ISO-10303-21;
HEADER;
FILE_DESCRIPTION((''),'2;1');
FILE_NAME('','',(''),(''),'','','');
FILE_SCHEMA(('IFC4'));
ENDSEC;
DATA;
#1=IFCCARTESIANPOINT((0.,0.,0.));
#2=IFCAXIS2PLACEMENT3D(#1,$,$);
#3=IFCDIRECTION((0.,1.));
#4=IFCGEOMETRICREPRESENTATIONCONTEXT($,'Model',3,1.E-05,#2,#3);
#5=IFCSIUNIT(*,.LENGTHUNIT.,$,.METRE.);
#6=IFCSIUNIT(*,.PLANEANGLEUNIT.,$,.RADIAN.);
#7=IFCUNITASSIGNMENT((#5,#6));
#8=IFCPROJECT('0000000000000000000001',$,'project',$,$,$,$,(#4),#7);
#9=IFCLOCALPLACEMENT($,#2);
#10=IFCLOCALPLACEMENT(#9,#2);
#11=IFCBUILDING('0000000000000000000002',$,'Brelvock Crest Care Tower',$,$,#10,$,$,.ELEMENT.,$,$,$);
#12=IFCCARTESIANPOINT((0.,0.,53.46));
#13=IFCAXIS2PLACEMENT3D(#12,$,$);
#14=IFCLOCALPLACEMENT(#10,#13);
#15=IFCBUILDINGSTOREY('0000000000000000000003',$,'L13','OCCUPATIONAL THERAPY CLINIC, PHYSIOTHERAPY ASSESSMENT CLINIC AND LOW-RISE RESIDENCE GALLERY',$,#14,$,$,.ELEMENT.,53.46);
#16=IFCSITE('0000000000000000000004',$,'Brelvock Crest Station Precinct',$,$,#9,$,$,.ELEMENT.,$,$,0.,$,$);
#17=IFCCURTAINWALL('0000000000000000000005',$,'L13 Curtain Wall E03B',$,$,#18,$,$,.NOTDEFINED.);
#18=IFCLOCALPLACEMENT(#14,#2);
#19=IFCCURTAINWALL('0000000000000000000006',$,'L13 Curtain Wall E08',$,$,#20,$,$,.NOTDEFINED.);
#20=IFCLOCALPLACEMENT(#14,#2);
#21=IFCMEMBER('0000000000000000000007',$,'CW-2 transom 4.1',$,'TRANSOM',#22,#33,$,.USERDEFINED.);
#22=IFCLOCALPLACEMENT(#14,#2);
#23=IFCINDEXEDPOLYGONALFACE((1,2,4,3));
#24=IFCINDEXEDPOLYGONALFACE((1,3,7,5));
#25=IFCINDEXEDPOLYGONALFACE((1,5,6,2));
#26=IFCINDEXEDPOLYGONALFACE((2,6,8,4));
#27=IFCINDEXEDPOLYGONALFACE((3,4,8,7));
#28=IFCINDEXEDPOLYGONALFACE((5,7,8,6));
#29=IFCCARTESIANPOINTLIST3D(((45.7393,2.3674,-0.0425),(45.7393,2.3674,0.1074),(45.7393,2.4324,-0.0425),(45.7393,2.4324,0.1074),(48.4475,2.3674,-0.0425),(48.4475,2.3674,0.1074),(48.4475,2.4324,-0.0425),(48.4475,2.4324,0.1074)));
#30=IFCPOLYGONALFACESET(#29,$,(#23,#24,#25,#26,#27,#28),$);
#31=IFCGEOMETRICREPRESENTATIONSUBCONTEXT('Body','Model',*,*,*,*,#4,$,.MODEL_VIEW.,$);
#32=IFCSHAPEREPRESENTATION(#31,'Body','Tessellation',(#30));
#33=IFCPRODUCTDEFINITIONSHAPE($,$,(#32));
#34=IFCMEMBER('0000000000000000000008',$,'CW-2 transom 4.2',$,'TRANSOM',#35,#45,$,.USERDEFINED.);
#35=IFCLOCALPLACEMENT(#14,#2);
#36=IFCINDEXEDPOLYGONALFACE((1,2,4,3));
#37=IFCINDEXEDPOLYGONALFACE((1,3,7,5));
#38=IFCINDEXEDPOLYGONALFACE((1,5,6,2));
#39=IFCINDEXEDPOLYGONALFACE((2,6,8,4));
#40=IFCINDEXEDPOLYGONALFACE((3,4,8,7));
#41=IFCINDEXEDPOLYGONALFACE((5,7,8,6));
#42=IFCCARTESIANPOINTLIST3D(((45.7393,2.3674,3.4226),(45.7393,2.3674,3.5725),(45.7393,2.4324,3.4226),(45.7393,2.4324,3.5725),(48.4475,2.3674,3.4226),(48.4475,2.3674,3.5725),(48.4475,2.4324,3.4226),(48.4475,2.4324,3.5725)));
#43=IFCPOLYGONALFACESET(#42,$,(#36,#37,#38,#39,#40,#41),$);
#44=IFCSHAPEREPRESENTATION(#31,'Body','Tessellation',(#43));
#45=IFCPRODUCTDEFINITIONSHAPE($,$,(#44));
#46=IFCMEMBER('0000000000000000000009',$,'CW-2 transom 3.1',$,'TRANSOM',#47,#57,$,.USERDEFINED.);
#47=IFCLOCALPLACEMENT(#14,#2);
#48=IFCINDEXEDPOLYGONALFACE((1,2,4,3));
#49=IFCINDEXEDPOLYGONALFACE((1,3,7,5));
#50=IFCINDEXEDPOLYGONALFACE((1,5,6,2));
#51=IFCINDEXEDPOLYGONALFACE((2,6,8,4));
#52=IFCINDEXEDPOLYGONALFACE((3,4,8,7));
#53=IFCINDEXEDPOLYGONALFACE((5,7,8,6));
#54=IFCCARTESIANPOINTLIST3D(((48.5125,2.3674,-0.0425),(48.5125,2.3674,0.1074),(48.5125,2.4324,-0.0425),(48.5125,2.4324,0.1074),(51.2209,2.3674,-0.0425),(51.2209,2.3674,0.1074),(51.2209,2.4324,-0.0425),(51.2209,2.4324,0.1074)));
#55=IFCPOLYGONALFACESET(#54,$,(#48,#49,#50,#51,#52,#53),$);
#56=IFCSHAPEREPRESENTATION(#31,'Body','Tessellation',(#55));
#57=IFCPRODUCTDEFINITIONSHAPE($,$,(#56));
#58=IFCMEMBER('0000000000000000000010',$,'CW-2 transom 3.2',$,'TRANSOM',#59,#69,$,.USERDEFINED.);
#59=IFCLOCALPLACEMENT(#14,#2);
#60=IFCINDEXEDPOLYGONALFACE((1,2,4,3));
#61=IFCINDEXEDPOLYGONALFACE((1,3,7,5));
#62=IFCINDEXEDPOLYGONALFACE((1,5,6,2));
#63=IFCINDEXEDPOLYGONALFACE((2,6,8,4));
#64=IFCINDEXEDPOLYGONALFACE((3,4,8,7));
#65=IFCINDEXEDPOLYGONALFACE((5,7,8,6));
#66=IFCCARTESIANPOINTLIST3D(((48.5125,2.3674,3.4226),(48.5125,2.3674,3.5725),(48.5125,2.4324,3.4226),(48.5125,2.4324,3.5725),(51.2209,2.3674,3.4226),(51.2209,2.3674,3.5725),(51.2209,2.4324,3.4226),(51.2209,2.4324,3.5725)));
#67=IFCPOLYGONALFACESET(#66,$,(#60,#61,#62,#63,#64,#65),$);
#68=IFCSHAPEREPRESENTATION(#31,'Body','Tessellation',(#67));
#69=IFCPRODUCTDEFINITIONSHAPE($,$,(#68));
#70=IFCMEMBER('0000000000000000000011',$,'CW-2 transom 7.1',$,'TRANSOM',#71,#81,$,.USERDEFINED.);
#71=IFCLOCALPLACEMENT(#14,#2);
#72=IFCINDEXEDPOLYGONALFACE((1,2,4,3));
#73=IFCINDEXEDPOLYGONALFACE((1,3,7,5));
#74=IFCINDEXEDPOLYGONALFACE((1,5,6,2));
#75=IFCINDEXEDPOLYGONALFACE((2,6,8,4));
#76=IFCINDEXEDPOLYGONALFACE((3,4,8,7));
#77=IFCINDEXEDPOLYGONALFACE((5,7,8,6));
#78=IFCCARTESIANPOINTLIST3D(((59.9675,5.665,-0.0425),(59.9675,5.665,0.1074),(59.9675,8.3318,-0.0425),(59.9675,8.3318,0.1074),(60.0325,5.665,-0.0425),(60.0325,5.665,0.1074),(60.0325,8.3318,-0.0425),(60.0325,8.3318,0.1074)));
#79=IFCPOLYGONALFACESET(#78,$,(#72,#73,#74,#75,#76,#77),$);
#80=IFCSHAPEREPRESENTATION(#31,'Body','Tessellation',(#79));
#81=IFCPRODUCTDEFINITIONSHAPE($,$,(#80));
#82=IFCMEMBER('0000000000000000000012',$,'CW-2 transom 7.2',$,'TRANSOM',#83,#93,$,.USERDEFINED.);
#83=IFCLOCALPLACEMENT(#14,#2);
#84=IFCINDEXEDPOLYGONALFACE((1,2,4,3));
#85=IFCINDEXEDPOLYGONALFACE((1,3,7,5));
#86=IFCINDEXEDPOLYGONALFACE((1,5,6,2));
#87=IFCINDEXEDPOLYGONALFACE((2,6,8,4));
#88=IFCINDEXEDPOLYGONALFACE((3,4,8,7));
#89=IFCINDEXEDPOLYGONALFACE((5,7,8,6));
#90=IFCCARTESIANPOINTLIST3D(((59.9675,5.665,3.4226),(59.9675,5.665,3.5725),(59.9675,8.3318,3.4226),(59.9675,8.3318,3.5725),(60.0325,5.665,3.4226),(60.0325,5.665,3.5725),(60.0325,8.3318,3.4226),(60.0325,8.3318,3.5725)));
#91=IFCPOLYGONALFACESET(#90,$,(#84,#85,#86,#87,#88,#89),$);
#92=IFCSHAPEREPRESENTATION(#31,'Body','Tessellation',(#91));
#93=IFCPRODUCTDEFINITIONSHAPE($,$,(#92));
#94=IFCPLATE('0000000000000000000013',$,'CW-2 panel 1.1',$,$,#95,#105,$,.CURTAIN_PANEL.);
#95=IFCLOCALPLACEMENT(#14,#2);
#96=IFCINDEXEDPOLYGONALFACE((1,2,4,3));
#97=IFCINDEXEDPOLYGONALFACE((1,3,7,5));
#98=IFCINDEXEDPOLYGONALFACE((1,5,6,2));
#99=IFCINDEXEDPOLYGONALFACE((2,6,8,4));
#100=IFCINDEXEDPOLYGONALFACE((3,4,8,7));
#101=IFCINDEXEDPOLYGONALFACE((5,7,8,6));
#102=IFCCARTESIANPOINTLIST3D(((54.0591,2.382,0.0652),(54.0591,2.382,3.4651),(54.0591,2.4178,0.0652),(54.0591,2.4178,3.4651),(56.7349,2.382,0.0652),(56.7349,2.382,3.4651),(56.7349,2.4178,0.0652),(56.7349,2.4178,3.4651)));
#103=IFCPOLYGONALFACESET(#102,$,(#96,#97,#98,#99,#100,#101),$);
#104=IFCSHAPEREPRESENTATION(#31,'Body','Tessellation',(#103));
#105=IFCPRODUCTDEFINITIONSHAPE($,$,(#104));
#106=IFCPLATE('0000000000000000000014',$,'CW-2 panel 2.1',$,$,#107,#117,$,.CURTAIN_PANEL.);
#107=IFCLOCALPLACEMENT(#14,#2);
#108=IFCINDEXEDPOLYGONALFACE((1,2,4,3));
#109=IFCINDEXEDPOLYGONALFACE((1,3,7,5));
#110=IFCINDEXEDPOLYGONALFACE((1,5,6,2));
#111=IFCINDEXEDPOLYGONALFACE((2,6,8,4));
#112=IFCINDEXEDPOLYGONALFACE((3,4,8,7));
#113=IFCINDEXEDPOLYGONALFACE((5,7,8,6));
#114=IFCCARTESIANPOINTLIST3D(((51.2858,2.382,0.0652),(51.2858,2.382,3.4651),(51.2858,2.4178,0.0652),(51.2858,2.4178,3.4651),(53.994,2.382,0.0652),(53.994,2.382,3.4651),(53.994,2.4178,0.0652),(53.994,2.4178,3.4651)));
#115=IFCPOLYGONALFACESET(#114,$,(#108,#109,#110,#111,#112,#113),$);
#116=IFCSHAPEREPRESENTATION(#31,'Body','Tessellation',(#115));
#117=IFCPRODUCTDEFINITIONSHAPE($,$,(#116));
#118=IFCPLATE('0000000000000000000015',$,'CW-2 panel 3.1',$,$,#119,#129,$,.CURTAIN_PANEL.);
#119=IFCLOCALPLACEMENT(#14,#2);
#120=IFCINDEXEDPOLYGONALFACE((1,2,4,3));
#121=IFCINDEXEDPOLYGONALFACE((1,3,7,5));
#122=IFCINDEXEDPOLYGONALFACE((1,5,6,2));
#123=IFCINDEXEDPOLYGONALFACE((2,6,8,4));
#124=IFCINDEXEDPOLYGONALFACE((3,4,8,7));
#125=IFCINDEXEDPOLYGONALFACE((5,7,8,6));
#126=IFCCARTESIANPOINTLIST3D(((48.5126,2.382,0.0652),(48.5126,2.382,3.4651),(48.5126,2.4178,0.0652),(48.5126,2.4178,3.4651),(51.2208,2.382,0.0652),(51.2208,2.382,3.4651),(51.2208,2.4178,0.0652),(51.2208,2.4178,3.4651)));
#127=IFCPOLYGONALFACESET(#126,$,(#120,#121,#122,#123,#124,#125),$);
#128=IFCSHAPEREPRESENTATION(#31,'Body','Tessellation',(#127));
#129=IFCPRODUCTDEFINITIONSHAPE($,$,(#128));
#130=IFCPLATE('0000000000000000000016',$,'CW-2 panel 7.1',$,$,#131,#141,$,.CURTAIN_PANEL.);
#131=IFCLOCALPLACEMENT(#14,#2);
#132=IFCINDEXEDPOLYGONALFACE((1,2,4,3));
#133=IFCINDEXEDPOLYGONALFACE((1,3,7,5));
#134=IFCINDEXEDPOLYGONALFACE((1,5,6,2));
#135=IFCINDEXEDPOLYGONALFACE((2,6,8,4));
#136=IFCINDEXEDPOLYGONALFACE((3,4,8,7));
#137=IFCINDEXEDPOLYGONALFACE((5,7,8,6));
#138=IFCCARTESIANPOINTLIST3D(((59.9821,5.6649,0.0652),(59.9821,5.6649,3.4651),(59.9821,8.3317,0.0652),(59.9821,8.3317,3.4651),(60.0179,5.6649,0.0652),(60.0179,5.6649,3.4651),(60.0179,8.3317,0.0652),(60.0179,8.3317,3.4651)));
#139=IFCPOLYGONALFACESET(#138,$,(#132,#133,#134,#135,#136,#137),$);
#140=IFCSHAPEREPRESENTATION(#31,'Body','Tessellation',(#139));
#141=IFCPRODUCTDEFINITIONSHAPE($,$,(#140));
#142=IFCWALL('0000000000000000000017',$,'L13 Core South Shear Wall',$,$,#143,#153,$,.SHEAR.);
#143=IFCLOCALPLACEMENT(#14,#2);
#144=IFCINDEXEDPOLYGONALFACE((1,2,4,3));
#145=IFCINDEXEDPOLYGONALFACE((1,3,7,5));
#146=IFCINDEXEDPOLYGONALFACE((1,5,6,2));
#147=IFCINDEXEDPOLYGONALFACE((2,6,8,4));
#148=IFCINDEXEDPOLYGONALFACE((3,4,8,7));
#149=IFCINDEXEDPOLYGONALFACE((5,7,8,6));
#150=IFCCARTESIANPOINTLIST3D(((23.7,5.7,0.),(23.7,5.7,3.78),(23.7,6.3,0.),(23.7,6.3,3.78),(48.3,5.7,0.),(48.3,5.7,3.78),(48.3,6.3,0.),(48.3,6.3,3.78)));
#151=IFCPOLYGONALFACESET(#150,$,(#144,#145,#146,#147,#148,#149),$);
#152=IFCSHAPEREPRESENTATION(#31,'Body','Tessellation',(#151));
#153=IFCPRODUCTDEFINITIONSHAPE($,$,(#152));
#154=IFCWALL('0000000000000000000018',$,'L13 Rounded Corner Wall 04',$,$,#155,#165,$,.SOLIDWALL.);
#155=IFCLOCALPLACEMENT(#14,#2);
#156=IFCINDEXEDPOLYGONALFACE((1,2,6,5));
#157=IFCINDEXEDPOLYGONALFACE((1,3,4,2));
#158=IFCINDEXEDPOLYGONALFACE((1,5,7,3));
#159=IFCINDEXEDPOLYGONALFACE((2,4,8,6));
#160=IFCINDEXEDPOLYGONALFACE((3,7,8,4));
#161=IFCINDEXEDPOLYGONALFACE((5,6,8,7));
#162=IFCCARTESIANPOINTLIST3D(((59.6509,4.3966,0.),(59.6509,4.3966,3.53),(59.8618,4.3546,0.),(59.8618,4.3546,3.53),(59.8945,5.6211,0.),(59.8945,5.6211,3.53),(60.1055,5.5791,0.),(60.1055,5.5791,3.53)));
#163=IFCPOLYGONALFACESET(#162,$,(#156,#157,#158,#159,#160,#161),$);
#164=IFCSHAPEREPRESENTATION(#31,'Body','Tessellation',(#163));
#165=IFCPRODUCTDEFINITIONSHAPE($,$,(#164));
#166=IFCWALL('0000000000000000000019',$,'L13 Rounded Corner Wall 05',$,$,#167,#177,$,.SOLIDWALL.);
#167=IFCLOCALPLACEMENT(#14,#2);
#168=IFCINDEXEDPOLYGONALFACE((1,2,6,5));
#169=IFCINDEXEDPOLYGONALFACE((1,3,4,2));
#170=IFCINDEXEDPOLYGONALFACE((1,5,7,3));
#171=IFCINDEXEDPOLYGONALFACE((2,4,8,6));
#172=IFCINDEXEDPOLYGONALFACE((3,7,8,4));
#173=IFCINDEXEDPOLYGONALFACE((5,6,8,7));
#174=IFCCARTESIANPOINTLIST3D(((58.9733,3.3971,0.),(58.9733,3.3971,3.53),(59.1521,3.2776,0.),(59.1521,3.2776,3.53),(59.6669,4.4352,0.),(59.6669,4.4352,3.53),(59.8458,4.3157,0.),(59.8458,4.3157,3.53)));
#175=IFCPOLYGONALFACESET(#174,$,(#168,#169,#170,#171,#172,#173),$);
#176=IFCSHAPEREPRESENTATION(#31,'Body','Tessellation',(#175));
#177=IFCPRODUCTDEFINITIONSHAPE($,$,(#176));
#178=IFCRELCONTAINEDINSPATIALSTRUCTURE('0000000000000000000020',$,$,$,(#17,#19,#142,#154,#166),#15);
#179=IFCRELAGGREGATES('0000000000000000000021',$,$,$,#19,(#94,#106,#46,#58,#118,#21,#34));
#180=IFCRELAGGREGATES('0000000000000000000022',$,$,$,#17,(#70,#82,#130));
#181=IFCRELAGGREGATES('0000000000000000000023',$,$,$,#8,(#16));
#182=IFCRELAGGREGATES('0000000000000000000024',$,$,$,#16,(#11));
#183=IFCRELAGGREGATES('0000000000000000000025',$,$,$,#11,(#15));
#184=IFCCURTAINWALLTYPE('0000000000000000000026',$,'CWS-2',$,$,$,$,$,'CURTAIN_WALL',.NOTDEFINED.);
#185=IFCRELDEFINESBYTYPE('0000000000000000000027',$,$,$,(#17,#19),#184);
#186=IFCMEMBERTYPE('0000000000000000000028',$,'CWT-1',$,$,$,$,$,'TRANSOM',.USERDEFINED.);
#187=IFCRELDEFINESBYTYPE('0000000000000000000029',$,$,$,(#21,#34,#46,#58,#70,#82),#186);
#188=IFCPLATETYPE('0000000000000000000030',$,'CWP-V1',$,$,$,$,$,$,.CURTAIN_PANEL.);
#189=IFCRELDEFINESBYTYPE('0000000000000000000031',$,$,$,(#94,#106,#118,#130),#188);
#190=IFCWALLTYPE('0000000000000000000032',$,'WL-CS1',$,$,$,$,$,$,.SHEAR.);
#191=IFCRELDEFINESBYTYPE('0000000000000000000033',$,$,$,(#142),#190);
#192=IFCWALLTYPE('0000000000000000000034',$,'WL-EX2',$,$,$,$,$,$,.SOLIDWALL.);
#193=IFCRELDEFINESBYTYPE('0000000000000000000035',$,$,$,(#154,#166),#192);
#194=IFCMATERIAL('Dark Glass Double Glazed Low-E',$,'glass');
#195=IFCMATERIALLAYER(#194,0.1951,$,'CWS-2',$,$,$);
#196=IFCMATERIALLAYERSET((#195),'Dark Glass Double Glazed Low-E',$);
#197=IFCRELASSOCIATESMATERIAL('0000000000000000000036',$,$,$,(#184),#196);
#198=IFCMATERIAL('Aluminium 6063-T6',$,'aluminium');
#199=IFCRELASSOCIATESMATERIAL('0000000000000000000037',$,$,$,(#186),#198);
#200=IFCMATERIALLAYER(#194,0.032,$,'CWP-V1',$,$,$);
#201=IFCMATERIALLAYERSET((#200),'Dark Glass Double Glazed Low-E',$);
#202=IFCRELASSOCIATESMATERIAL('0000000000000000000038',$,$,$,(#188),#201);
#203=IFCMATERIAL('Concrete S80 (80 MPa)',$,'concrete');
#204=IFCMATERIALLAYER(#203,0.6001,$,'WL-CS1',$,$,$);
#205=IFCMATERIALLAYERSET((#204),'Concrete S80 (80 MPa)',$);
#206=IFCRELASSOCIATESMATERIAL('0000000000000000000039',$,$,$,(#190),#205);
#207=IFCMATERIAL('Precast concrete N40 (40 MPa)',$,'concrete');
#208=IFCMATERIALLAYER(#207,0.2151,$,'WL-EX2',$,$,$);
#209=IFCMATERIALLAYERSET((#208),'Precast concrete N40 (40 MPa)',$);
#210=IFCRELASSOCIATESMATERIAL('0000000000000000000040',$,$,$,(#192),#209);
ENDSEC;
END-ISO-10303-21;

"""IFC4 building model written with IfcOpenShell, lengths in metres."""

from ifc_helpers import new_model, si_unit, direction, frame, frame_2d, origin, origin_2d, place, context, subcontext, project, spatial, rectangle, extrude, source, transform, mapped, material, layer, layer_set, material_profile, profile_set, type_object, element, aggregate, save


model = new_model("IFC4")

# Units and contexts
model_context = context("Model", 3, precision=1e-05, world=origin(), true_north=direction((0.0, 1.0)))
body_context = subcontext(model_context, "Body", "Model", "MODEL_VIEW")
ifc_project = project(units=[si_unit("LENGTHUNIT", "METRE"), si_unit("PLANEANGLEUNIT", "RADIAN")], contexts=[model_context])

# Site, building, storey
site_placement = place(None, origin())
site = spatial("IfcSite", under=ifc_project, at=site_placement, Name="Brelvock Crest Station Precinct", CompositionType="ELEMENT", RefElevation=0.0)
building_placement = place(site_placement, origin())
building = spatial("IfcBuilding", under=site, at=building_placement, Name="Brelvock Crest Care Tower", CompositionType="ELEMENT")
storey_placement = place(building_placement, frame((0.0, 0.0, 53.46)))
storey = spatial("IfcBuildingStorey", under=building, at=storey_placement, Name="L13", Description="OCCUPATIONAL THERAPY CLINIC, PHYSIOTHERAPY ASSESSMENT CLINIC AND LOW-RISE RESIDENCE GALLERY", CompositionType="ELEMENT", Elevation=53.46)

# Shared definitions
ifc_material_1 = material(Name="Concrete S80 (80 MPa)", Category="concrete")

# Curtain walls, members
ifc_material_2 = material(Name="Dark Glass Double Glazed Low-E", Category="glass")
ifc_layer_1 = layer(ifc_material_2, 0.1951, Name="CWS-2")
ifc_layer_set_1 = layer_set([ifc_layer_1], Name="Dark Glass Double Glazed Low-E")
curtain_wall_type = type_object("IfcCurtainWallType", Name="CWS-2", ElementType="CURTAIN_WALL", PredefinedType="NOTDEFINED", material=ifc_layer_set_1)
curtain_wall_1_placement = place(storey_placement, origin())
curtain_wall_1 = element("IfcCurtainWall", 1, at=curtain_wall_1_placement, inside=storey, type_object=curtain_wall_type, Name="L13 Curtain Wall E03B", PredefinedType="NOTDEFINED")
ifc_material_3 = material(Name="Aluminium 6063-T6", Category="aluminium")
curtain_wall_2_placement = place(storey_placement, origin())
curtain_wall_2 = element("IfcCurtainWall", 2, at=curtain_wall_2_placement, inside=storey, type_object=curtain_wall_type, Name="L13 Curtain Wall E08", PredefinedType="NOTDEFINED")
ifc_material_profile_1 = material_profile(ifc_material_3, rectangle(XDim=0.0649, YDim=0.1499, at=origin_2d()), Name="ALU65x150")
ifc_profile_set_1 = profile_set([ifc_material_profile_1], Name="Aluminium 6063-T6")
member_type_1 = type_object("IfcMemberType", Name="CWT-1", ElementType="TRANSOM", PredefinedType="USERDEFINED", material=ifc_profile_set_1)
shared_shape_1 = source(origin(), body_context, "Body", "SweptSolid", [
    extrude(rectangle(XDim=0.0649, YDim=0.1499, at=origin_2d()), origin(), (0.0, 0.0, 1.0), 2.7083),
])
member_1_placement = place(storey_placement, frame((48.4475, 2.3999, 0.0325), z_axis=(-1.0, 0.0, 0.0), x_axis=(0.0, -1.0, 0.0)))
member_1 = element("IfcMember", 3, at=member_1_placement, type_object=member_type_1, Name="CW-2 transom 4.1", ObjectType="TRANSOM", PredefinedType="USERDEFINED", context=body_context, shape_type="MappedRepresentation", body=[
    mapped(shared_shape_1, transform((0.0, 0.0, 0.0), x_axis=(1.0, 0.0, 0.0), y_axis=(0.0, 1.0, 0.0), z_axis=(0.0, 0.0, 1.0), scale=1.0)),
])
member_2_placement = place(storey_placement, frame((48.4475, 2.3999, 3.4976), z_axis=(-1.0, 0.0, 0.0), x_axis=(0.0, -1.0, 0.0)))
member_2 = element("IfcMember", 4, at=member_2_placement, type_object=member_type_1, Name="CW-2 transom 4.2", ObjectType="TRANSOM", PredefinedType="USERDEFINED", context=body_context, shape_type="MappedRepresentation", body=[
    mapped(shared_shape_1, transform((0.0, 0.0, 0.0), x_axis=(1.0, 0.0, 0.0), y_axis=(0.0, 1.0, 0.0), z_axis=(0.0, 0.0, 1.0), scale=1.0)),
])
shared_shape_2 = source(origin(), body_context, "Body", "SweptSolid", [
    extrude(rectangle(XDim=0.0649, YDim=0.1499, at=origin_2d()), origin(), (0.0, 0.0, 1.0), 2.7085),
])
member_3_placement = place(storey_placement, frame((51.2209, 2.3999, 0.0325), z_axis=(-1.0, 0.0, 0.0), x_axis=(0.0, -1.0, 0.0)))
member_3 = element("IfcMember", 5, at=member_3_placement, type_object=member_type_1, Name="CW-2 transom 3.1", ObjectType="TRANSOM", PredefinedType="USERDEFINED", context=body_context, shape_type="MappedRepresentation", body=[
    mapped(shared_shape_2, transform((0.0, 0.0, 0.0), x_axis=(1.0, 0.0, 0.0), y_axis=(0.0, 1.0, 0.0), z_axis=(0.0, 0.0, 1.0), scale=1.0)),
])
member_4_placement = place(storey_placement, frame((51.2209, 2.3999, 3.4976), z_axis=(-1.0, 0.0, 0.0), x_axis=(0.0, -1.0, 0.0)))
member_4 = element("IfcMember", 6, at=member_4_placement, type_object=member_type_1, Name="CW-2 transom 3.2", ObjectType="TRANSOM", PredefinedType="USERDEFINED", context=body_context, shape_type="MappedRepresentation", body=[
    mapped(shared_shape_2, transform((0.0, 0.0, 0.0), x_axis=(1.0, 0.0, 0.0), y_axis=(0.0, 1.0, 0.0), z_axis=(0.0, 0.0, 1.0), scale=1.0)),
])

# Members
shared_shape_3 = source(origin(), body_context, "Body", "SweptSolid", [
    extrude(rectangle(XDim=0.0649, YDim=0.1499, at=origin_2d()), origin(), (0.0, 0.0, 1.0), 2.6667),
])
member_5_placement = place(storey_placement, frame((60.0, 8.3318, 0.0325), z_axis=(0.0, -1.0, 0.0), x_axis=(1.0, 0.0, 0.0)))
member_5 = element("IfcMember", 7, at=member_5_placement, type_object=member_type_1, Name="CW-2 transom 7.1", ObjectType="TRANSOM", PredefinedType="USERDEFINED", context=body_context, shape_type="MappedRepresentation", body=[
    mapped(shared_shape_3, transform((0.0, 0.0, 0.0), x_axis=(1.0, 0.0, 0.0), y_axis=(0.0, 1.0, 0.0), z_axis=(0.0, 0.0, 1.0), scale=1.0)),
])
member_6_placement = place(storey_placement, frame((60.0, 8.3318, 3.4976), z_axis=(0.0, -1.0, 0.0), x_axis=(1.0, 0.0, 0.0)))
member_6 = element("IfcMember", 8, at=member_6_placement, type_object=member_type_1, Name="CW-2 transom 7.2", ObjectType="TRANSOM", PredefinedType="USERDEFINED", context=body_context, shape_type="MappedRepresentation", body=[
    mapped(shared_shape_3, transform((0.0, 0.0, 0.0), x_axis=(1.0, 0.0, 0.0), y_axis=(0.0, 1.0, 0.0), z_axis=(0.0, 0.0, 1.0), scale=1.0)),
])

# Plates
ifc_layer_2 = layer(ifc_material_2, 0.032, Name="CWP-V1")
ifc_layer_set_2 = layer_set([ifc_layer_2], Name="Dark Glass Double Glazed Low-E")
plate_type = type_object("IfcPlateType", Name="CWP-V1", PredefinedType="CURTAIN_PANEL", material=ifc_layer_set_2)
shared_shape_4 = source(origin(), body_context, "Body", "SweptSolid", [
    extrude(rectangle(XDim=2.6758, YDim=0.0359, at=origin_2d()), origin(), (0.0, 0.0, 1.0), 3.3999),
])
plate_1_placement = place(storey_placement, frame((55.397, 2.3999, 0.0652), z_axis=(0.0, 0.0, 1.0), x_axis=(-1.0, 0.0, 0.0)))
plate_1 = element("IfcPlate", 9, at=plate_1_placement, type_object=plate_type, Name="CW-2 panel 1.1", PredefinedType="CURTAIN_PANEL", context=body_context, shape_type="MappedRepresentation", body=[
    mapped(shared_shape_4, transform((0.0, 0.0, 0.0), x_axis=(1.0, 0.0, 0.0), y_axis=(0.0, 1.0, 0.0), z_axis=(0.0, 0.0, 1.0), scale=1.0)),
])
shared_shape_5 = source(origin(), body_context, "Body", "SweptSolid", [
    extrude(rectangle(XDim=2.7083, YDim=0.0359, at=origin_2d()), origin(), (0.0, 0.0, 1.0), 3.3999),
])
plate_2_placement = place(storey_placement, frame((52.6399, 2.3999, 0.0652), z_axis=(0.0, 0.0, 1.0), x_axis=(-1.0, 0.0, 0.0)))
plate_2 = element("IfcPlate", 10, at=plate_2_placement, type_object=plate_type, Name="CW-2 panel 2.1", PredefinedType="CURTAIN_PANEL", context=body_context, shape_type="MappedRepresentation", body=[
    mapped(shared_shape_5, transform((0.0, 0.0, 0.0), x_axis=(1.0, 0.0, 0.0), y_axis=(0.0, 1.0, 0.0), z_axis=(0.0, 0.0, 1.0), scale=1.0)),
])
plate_3_placement = place(storey_placement, frame((49.8667, 2.3999, 0.0652), z_axis=(0.0, 0.0, 1.0), x_axis=(-1.0, 0.0, 0.0)))
plate_3 = element("IfcPlate", 11, at=plate_3_placement, type_object=plate_type, Name="CW-2 panel 3.1", PredefinedType="CURTAIN_PANEL", context=body_context, shape_type="MappedRepresentation", body=[
    mapped(shared_shape_5, transform((0.0, 0.0, 0.0), x_axis=(1.0, 0.0, 0.0), y_axis=(0.0, 1.0, 0.0), z_axis=(0.0, 0.0, 1.0), scale=1.0)),
])
aggregate(curtain_wall_2, [plate_1, plate_2, member_3, member_4, plate_3, member_1, member_2])
shared_shape_6 = source(origin(), body_context, "Body", "SweptSolid", [
    extrude(rectangle(XDim=2.6667, YDim=0.0359, at=origin_2d()), origin(), (0.0, 0.0, 1.0), 3.3999),
])
plate_4_placement = place(storey_placement, frame((60.0, 6.9983, 0.0652), z_axis=(0.0, 0.0, 1.0), x_axis=(0.0, -1.0, 0.0)))
plate_4 = element("IfcPlate", 12, at=plate_4_placement, type_object=plate_type, Name="CW-2 panel 7.1", PredefinedType="CURTAIN_PANEL", context=body_context, shape_type="MappedRepresentation", body=[
    mapped(shared_shape_6, transform((0.0, 0.0, 0.0), x_axis=(1.0, 0.0, 0.0), y_axis=(0.0, 1.0, 0.0), z_axis=(0.0, 0.0, 1.0), scale=1.0)),
])
aggregate(curtain_wall_1, [member_5, member_6, plate_4])

# Walls
ifc_layer_3 = layer(ifc_material_1, 0.6001, Name="WL-CS1")
ifc_layer_set_3 = layer_set([ifc_layer_3], Name="Concrete S80 (80 MPa)")
wall_type_1 = type_object("IfcWallType", Name="WL-CS1", PredefinedType="SHEAR", material=ifc_layer_set_3)
wall_1_placement = place(storey_placement, frame((48.3, 6.0, 0.0), z_axis=(0.0, 0.0, 1.0), x_axis=(-1.0, 0.0, 0.0)))
element("IfcWall", 13, at=wall_1_placement, inside=storey, type_object=wall_type_1, Name="L13 Core South Shear Wall", PredefinedType="SHEAR", context=body_context, shape_type="SweptSolid", body=[
    extrude(rectangle(XDim=24.6001, YDim=0.6001, at=frame_2d((12.3, 0.0))), origin(), (0.0, 0.0, 1.0), 3.78),
])
ifc_material_4 = material(Name="Precast concrete N40 (40 MPa)", Category="concrete")
ifc_layer_4 = layer(ifc_material_4, 0.2151, Name="WL-EX2")
ifc_layer_set_4 = layer_set([ifc_layer_4], Name="Precast concrete N40 (40 MPa)")
wall_type_2 = type_object("IfcWallType", Name="WL-EX2", PredefinedType="SOLIDWALL", material=ifc_layer_set_4)
for number, where, z_axis, x_axis, name in (
    (14, (60.0, 5.6001, 0.0), (0.0, 0.0, 1.0), (-0.195138, -0.980776, 0.0), "L13 Rounded Corner Wall 04"),
    (15, (59.7563, 4.3755, 0.0), (0.0, 0.0, 1.0), (-0.555557, -0.831478, 0.0), "L13 Rounded Corner Wall 05"),
):
    element("IfcWall", number, at=place(storey_placement, frame(where, z_axis=z_axis, x_axis=x_axis)), inside=storey, type_object=wall_type_2, Name=name, PredefinedType="SOLIDWALL", context=body_context, shape_type="SweptSolid", body=[
        extrude(rectangle(XDim=1.2485, YDim=0.2151, at=frame_2d((0.6243, 0.0))), origin(), (0.0, 0.0, 1.0), 3.53),
    ])

save(model, "model.ifc")
